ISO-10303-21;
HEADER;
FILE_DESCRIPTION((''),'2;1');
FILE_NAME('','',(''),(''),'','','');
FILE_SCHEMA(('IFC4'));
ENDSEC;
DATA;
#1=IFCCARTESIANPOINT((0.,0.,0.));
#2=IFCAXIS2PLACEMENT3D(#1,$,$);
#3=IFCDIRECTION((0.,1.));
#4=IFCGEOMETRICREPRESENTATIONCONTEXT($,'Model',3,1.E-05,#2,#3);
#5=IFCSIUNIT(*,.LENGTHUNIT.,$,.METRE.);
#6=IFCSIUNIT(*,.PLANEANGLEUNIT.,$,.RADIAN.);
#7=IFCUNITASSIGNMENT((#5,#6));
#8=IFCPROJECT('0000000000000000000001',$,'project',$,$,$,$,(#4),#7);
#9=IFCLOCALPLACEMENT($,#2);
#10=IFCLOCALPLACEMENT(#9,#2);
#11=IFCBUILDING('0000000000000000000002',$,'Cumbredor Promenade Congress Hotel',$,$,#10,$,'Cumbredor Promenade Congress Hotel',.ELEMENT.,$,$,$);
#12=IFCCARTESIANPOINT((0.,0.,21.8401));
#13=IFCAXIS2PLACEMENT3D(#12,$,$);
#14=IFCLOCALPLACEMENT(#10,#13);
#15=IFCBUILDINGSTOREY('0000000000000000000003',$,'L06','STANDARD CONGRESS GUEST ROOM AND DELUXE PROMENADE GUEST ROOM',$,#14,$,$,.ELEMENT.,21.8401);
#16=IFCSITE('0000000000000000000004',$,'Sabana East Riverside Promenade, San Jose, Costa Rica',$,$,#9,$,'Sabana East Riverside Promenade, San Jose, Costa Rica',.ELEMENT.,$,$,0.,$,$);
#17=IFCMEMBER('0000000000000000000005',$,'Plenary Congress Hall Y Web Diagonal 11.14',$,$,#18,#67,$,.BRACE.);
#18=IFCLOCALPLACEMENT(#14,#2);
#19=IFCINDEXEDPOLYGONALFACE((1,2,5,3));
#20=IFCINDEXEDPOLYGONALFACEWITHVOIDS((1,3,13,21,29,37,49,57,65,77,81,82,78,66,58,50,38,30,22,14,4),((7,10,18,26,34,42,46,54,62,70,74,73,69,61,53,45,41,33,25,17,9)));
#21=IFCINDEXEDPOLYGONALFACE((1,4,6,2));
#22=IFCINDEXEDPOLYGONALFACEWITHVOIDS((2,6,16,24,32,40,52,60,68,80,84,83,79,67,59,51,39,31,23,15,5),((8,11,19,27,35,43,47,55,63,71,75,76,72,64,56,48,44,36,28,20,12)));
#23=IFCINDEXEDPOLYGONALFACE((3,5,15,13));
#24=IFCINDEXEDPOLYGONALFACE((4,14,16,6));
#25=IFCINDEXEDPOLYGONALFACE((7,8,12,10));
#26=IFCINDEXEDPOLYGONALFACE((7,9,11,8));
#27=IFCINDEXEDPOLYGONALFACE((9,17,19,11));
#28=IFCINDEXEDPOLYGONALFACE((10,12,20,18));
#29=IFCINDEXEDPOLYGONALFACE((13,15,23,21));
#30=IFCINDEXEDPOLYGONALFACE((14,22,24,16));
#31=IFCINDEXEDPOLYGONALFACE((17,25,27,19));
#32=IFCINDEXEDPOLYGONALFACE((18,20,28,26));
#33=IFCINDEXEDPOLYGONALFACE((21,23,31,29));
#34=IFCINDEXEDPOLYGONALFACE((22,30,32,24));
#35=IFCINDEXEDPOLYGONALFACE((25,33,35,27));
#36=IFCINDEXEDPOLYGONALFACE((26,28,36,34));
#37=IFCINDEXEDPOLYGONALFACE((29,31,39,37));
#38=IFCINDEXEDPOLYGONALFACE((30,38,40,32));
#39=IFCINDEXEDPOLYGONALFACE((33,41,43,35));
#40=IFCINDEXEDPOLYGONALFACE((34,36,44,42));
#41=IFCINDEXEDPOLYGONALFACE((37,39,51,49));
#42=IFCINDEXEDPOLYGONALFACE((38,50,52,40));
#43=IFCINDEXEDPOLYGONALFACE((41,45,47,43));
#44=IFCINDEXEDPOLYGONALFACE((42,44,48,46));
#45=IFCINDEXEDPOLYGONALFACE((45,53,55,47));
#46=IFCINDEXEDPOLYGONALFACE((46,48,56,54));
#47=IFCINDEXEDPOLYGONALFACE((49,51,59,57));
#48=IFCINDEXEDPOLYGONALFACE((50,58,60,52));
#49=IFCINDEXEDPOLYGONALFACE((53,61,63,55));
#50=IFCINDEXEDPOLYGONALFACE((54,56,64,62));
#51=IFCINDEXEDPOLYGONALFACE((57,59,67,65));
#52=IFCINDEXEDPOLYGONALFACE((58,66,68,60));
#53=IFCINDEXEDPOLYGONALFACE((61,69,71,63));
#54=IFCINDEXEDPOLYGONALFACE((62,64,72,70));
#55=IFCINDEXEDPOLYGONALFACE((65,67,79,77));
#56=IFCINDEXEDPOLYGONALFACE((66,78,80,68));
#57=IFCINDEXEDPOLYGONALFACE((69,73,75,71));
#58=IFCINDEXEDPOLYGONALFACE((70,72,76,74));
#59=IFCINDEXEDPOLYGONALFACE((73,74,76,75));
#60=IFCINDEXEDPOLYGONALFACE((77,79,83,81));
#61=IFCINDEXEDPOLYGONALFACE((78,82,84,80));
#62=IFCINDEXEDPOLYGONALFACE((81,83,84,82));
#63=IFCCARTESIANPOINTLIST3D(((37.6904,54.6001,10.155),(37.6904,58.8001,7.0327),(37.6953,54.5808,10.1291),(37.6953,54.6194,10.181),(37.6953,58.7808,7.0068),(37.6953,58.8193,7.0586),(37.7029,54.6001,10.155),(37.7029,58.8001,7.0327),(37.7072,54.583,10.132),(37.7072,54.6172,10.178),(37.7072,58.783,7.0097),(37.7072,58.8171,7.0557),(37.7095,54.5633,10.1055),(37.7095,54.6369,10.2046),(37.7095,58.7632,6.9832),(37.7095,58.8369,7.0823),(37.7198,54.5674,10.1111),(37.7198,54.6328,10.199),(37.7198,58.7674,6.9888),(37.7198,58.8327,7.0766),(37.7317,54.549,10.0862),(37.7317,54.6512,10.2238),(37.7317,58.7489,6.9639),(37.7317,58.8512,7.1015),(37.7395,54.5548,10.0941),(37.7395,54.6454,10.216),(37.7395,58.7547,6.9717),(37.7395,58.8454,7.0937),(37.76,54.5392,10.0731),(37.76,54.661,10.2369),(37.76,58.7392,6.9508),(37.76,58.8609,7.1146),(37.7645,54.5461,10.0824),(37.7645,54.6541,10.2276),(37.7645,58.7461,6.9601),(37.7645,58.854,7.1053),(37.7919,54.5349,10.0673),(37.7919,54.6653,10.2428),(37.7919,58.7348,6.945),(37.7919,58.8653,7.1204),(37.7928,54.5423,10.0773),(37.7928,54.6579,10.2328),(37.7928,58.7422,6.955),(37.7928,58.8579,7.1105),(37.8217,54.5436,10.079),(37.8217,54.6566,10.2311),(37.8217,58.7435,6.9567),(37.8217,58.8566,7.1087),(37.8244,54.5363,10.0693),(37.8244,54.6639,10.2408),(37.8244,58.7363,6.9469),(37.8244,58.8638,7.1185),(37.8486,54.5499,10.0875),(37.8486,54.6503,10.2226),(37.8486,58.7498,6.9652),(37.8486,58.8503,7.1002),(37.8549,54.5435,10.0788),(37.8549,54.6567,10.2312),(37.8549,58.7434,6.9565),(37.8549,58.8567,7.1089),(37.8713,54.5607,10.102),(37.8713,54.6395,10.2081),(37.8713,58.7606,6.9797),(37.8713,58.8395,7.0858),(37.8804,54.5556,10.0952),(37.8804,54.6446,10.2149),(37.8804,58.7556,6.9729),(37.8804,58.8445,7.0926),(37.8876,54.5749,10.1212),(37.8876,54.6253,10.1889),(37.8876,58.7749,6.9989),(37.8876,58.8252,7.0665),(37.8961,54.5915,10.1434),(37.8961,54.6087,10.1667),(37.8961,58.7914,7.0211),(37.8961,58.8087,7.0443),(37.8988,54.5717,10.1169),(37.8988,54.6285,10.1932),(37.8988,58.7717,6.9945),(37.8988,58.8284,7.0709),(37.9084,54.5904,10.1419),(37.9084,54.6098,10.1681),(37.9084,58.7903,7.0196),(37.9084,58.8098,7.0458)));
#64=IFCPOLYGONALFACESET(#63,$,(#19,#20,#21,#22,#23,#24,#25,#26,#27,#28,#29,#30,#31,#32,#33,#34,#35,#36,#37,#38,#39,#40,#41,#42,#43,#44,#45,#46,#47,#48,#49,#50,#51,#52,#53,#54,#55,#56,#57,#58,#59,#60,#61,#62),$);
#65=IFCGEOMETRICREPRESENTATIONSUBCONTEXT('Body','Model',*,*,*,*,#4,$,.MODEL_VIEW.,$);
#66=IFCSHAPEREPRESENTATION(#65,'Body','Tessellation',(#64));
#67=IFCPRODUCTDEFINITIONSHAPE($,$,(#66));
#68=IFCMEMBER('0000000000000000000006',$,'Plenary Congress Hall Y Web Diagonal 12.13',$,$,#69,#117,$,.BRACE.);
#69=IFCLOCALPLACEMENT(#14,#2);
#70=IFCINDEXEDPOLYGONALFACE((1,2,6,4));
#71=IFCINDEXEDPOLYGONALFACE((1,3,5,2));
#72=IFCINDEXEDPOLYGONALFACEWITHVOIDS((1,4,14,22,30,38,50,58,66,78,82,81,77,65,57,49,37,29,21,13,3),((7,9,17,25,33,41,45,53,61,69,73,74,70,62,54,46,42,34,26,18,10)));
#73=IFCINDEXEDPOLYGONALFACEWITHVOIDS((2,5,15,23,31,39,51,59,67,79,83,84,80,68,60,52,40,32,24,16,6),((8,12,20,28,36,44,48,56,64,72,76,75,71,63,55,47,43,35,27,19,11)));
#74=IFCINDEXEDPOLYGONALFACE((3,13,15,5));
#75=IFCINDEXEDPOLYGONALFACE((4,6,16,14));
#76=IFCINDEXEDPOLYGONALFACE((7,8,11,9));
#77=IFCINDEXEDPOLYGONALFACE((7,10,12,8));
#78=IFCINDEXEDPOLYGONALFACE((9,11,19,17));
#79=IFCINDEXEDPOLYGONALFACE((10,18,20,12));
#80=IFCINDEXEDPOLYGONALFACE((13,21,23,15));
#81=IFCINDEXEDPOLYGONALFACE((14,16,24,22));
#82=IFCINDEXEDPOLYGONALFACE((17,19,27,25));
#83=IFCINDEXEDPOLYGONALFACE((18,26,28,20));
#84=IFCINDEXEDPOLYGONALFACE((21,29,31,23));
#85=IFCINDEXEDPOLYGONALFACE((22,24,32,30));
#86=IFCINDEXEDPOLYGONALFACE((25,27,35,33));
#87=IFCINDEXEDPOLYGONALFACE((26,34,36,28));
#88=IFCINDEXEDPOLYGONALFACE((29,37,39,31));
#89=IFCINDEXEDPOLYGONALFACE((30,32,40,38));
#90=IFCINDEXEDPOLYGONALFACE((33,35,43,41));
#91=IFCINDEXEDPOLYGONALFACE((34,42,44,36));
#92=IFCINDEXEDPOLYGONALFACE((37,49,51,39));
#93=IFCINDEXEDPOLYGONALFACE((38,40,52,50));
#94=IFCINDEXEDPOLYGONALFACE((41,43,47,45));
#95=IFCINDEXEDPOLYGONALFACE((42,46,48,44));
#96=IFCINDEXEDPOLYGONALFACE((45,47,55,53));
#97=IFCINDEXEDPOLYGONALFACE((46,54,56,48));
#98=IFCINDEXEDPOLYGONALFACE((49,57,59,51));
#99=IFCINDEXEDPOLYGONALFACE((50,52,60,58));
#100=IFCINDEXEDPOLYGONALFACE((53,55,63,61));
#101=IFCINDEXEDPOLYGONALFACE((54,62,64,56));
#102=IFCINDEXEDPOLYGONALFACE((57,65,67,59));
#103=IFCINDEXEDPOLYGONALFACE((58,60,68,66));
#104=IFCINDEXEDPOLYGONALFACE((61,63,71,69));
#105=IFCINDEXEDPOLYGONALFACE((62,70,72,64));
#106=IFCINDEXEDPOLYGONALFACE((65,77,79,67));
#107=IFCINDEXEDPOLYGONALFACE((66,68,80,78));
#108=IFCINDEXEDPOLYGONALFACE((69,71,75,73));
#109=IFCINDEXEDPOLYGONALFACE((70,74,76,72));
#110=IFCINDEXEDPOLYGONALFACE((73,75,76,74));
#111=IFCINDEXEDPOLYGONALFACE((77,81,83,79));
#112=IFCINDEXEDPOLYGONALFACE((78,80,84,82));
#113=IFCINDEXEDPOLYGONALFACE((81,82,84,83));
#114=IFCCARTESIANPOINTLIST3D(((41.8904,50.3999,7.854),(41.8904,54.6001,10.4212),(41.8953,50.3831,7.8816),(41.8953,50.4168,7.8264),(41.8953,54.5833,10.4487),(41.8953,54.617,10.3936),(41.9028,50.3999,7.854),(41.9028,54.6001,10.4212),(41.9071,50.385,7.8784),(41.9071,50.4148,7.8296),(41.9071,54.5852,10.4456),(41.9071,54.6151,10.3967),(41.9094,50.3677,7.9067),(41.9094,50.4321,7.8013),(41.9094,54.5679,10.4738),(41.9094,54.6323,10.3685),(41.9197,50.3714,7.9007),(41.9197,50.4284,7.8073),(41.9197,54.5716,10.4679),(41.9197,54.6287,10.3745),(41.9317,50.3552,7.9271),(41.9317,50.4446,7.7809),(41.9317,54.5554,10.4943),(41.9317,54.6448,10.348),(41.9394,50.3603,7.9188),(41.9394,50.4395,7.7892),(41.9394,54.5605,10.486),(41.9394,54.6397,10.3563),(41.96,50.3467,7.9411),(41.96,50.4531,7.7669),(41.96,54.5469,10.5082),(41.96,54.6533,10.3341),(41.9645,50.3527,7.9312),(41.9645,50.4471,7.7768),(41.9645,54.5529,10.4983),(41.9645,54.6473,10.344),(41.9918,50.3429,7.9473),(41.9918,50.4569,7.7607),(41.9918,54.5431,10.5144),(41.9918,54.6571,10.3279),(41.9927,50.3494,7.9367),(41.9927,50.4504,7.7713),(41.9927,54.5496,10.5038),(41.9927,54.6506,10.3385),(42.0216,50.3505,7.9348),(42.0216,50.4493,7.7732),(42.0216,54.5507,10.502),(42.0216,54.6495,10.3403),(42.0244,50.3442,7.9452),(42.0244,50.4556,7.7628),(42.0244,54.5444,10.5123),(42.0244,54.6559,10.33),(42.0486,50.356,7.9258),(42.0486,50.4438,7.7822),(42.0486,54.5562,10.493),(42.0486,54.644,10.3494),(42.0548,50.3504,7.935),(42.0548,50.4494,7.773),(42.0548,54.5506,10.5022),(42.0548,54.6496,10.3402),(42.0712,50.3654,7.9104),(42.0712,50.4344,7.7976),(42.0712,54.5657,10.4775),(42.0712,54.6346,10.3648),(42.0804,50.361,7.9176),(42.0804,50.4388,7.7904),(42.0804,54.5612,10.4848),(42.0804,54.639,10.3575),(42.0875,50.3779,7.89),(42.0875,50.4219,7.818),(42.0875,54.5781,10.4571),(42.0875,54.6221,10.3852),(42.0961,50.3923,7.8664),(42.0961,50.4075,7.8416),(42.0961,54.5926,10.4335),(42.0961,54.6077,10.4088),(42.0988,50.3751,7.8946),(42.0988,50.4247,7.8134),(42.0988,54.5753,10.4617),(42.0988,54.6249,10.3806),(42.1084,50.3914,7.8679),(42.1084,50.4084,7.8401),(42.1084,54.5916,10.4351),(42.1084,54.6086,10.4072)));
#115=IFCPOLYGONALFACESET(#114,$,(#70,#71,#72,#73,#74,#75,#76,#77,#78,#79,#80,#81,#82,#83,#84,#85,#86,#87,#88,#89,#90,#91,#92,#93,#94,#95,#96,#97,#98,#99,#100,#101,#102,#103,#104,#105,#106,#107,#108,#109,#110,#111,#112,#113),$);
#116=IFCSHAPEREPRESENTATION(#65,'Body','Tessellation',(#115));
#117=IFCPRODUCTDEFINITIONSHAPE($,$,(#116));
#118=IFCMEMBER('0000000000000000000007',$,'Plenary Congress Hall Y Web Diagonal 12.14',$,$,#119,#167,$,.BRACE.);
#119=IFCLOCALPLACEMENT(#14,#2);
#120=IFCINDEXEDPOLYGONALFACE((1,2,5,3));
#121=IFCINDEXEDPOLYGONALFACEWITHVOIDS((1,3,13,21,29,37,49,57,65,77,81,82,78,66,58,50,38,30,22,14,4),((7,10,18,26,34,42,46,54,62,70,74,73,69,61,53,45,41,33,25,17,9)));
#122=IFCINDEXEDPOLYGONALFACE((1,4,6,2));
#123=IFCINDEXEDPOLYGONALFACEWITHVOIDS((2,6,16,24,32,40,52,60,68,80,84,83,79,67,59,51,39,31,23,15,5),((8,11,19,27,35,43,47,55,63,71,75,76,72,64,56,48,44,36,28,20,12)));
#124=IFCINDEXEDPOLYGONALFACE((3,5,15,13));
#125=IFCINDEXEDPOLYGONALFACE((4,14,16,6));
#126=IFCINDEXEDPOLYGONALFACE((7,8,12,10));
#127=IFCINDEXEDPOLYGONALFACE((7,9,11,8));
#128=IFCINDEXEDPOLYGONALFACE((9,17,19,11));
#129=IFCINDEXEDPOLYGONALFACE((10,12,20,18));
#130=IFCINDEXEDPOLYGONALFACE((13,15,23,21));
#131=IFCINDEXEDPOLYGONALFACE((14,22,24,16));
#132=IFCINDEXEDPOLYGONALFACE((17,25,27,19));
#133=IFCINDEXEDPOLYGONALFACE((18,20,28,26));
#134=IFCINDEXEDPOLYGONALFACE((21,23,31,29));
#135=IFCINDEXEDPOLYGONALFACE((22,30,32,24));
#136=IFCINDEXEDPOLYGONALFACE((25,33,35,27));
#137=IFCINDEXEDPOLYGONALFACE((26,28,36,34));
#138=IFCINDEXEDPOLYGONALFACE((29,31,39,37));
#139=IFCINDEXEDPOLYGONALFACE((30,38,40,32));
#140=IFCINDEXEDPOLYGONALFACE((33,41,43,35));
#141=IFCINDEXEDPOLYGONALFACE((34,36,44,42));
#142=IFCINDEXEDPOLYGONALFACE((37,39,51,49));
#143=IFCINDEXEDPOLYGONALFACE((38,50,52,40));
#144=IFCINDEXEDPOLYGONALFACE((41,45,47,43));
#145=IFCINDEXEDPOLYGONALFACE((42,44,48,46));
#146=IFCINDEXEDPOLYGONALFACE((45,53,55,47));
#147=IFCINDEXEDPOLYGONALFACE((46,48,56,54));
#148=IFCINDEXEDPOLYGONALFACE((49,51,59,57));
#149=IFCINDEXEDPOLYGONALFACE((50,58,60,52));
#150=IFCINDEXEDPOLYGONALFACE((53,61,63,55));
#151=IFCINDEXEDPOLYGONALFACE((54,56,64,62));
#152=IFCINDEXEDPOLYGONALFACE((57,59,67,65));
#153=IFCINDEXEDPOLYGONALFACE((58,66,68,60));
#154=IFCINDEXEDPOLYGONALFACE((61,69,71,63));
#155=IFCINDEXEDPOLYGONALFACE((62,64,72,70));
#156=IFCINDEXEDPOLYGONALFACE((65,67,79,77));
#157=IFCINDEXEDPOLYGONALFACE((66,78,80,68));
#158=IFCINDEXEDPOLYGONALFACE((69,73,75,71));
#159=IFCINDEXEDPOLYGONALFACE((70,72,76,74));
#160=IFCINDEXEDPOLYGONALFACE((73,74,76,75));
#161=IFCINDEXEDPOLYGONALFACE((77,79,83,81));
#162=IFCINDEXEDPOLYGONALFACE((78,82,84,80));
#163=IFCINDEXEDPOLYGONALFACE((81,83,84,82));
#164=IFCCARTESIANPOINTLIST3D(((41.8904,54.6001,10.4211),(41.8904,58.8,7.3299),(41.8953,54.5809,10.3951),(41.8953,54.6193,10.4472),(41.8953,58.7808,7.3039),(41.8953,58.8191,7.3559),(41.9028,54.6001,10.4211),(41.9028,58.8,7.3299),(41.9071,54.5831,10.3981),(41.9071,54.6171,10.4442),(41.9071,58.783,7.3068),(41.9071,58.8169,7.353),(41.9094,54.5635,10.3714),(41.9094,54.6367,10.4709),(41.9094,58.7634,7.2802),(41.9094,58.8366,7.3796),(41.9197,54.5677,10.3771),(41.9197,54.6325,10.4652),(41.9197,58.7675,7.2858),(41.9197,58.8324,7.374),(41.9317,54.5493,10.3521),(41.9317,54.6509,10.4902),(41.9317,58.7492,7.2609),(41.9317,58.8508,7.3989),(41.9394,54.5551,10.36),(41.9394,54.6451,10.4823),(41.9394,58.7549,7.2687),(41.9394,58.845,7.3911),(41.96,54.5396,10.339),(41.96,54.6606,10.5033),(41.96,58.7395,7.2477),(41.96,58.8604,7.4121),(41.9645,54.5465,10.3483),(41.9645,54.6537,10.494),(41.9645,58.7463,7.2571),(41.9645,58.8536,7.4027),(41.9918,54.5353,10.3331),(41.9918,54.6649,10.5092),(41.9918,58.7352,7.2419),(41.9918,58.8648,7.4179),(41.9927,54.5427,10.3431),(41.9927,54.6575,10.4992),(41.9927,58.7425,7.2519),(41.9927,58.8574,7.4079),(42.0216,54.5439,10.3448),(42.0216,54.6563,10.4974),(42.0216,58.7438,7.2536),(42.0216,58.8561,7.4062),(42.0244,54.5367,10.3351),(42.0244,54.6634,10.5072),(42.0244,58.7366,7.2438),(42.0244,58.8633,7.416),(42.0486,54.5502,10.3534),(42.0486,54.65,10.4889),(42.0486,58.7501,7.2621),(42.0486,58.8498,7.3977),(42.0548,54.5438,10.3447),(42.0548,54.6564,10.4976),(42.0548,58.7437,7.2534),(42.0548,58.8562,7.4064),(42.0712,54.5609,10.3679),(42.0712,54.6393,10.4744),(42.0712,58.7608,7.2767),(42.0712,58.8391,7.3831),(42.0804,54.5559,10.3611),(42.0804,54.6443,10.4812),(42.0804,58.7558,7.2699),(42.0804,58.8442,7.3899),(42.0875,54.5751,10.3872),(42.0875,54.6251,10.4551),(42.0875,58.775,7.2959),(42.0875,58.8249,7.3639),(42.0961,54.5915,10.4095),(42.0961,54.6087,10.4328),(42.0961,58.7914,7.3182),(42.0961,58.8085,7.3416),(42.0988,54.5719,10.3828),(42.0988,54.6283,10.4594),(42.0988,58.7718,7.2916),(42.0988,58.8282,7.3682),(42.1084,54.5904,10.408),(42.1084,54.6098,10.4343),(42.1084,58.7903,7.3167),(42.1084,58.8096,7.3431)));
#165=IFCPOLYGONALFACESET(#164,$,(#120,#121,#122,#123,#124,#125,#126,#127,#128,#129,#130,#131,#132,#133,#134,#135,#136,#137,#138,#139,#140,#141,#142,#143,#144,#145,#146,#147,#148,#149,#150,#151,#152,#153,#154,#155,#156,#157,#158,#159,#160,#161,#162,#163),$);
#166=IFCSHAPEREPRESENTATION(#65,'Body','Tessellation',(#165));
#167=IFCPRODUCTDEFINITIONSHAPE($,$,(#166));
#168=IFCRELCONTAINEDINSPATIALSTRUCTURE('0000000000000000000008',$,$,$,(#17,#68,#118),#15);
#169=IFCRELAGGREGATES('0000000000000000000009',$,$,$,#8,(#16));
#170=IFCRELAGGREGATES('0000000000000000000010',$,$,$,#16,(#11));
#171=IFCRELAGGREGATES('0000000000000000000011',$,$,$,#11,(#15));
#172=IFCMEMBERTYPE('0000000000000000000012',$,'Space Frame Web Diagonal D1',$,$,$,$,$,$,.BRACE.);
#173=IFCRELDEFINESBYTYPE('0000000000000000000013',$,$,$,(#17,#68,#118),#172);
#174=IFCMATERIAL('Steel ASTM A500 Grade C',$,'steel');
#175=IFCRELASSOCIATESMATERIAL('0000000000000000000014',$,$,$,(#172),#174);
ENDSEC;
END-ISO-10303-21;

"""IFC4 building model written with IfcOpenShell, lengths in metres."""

from ifc_helpers import new_model, si_unit, direction, frame, origin, origin_2d, place, context, subcontext, project, spatial, hollow_circle, extrude, material, material_profile, profile_set, type_object, element, save


model = new_model("IFC4")

# Units and contexts
model_context = context("Model", 3, precision=1e-05, world=origin(), true_north=direction((0.0, 1.0)))
body_context = subcontext(model_context, "Body", "Model", "MODEL_VIEW")
ifc_project = project(units=[si_unit("LENGTHUNIT", "METRE"), si_unit("PLANEANGLEUNIT", "RADIAN")], contexts=[model_context])

# Site, building, storey
site_placement = place(None, origin())
site = spatial("IfcSite", under=ifc_project, at=site_placement, Name="Sabana East Riverside Promenade, San Jose, Costa Rica", LongName="Sabana East Riverside Promenade, San Jose, Costa Rica", CompositionType="ELEMENT", RefElevation=0.0)
building_placement = place(site_placement, origin())
building = spatial("IfcBuilding", under=site, at=building_placement, Name="Cumbredor Promenade Congress Hotel", LongName="Cumbredor Promenade Congress Hotel", CompositionType="ELEMENT")
storey_placement = place(building_placement, frame((0.0, 0.0, 21.8401)))
storey = spatial("IfcBuildingStorey", under=building, at=storey_placement, Name="L06", Description="STANDARD CONGRESS GUEST ROOM AND DELUXE PROMENADE GUEST ROOM", CompositionType="ELEMENT", Elevation=21.8401)

# Members
ifc_material_1 = material(Name="Steel ASTM A500 Grade C", Category="steel")
ifc_material_profile_1 = material_profile(ifc_material_1, hollow_circle(Radius=0.1096, WallThickness=0.0125, at=origin_2d()), Name="CHS 219.1x12.5")
ifc_profile_set_1 = profile_set([ifc_material_profile_1], Name="Steel ASTM A500 Grade C")
member_type_1 = type_object("IfcMemberType", Name="Space Frame Web Diagonal D1", PredefinedType="BRACE", material=ifc_profile_set_1)
member_1_placement = place(storey_placement, frame((37.8, 54.6001, 10.155), z_axis=(0.0, 0.802529, -0.596613), x_axis=(-1.0, 0.0, 0.0)))
element("IfcMember", 1, at=member_1_placement, inside=storey, type_object=member_type_1, Name="Plenary Congress Hall Y Web Diagonal 11.14", PredefinedType="BRACE", context=body_context, shape_type="SweptSolid", body=[
    extrude(hollow_circle(Radius=0.1096, WallThickness=0.0125, at=origin_2d()), origin(), (0.0, 0.0, 1.0), 5.2334),
])
member_2_placement = place(storey_placement, frame((42.0, 50.3999, 7.854), z_axis=(0.0, 0.85325, 0.521502), x_axis=(-1.0, 0.0, 0.0)))
element("IfcMember", 2, at=member_2_placement, inside=storey, type_object=member_type_1, Name="Plenary Congress Hall Y Web Diagonal 12.13", PredefinedType="BRACE", context=body_context, shape_type="SweptSolid", body=[
    extrude(hollow_circle(Radius=0.1096, WallThickness=0.0125, at=origin_2d()), origin(), (0.0, 0.0, 1.0), 4.9226),
])
member_3_placement = place(storey_placement, frame((42.0, 54.6001, 10.4211), z_axis=(0.0, 0.805366, -0.592777), x_axis=(-1.0, 0.0, 0.0)))
element("IfcMember", 3, at=member_3_placement, inside=storey, type_object=member_type_1, Name="Plenary Congress Hall Y Web Diagonal 12.14", PredefinedType="BRACE", context=body_context, shape_type="SweptSolid", body=[
    extrude(hollow_circle(Radius=0.1096, WallThickness=0.0125, at=origin_2d()), origin(), (0.0, 0.0, 1.0), 5.2148),
])

save(model, "model.ifc")
